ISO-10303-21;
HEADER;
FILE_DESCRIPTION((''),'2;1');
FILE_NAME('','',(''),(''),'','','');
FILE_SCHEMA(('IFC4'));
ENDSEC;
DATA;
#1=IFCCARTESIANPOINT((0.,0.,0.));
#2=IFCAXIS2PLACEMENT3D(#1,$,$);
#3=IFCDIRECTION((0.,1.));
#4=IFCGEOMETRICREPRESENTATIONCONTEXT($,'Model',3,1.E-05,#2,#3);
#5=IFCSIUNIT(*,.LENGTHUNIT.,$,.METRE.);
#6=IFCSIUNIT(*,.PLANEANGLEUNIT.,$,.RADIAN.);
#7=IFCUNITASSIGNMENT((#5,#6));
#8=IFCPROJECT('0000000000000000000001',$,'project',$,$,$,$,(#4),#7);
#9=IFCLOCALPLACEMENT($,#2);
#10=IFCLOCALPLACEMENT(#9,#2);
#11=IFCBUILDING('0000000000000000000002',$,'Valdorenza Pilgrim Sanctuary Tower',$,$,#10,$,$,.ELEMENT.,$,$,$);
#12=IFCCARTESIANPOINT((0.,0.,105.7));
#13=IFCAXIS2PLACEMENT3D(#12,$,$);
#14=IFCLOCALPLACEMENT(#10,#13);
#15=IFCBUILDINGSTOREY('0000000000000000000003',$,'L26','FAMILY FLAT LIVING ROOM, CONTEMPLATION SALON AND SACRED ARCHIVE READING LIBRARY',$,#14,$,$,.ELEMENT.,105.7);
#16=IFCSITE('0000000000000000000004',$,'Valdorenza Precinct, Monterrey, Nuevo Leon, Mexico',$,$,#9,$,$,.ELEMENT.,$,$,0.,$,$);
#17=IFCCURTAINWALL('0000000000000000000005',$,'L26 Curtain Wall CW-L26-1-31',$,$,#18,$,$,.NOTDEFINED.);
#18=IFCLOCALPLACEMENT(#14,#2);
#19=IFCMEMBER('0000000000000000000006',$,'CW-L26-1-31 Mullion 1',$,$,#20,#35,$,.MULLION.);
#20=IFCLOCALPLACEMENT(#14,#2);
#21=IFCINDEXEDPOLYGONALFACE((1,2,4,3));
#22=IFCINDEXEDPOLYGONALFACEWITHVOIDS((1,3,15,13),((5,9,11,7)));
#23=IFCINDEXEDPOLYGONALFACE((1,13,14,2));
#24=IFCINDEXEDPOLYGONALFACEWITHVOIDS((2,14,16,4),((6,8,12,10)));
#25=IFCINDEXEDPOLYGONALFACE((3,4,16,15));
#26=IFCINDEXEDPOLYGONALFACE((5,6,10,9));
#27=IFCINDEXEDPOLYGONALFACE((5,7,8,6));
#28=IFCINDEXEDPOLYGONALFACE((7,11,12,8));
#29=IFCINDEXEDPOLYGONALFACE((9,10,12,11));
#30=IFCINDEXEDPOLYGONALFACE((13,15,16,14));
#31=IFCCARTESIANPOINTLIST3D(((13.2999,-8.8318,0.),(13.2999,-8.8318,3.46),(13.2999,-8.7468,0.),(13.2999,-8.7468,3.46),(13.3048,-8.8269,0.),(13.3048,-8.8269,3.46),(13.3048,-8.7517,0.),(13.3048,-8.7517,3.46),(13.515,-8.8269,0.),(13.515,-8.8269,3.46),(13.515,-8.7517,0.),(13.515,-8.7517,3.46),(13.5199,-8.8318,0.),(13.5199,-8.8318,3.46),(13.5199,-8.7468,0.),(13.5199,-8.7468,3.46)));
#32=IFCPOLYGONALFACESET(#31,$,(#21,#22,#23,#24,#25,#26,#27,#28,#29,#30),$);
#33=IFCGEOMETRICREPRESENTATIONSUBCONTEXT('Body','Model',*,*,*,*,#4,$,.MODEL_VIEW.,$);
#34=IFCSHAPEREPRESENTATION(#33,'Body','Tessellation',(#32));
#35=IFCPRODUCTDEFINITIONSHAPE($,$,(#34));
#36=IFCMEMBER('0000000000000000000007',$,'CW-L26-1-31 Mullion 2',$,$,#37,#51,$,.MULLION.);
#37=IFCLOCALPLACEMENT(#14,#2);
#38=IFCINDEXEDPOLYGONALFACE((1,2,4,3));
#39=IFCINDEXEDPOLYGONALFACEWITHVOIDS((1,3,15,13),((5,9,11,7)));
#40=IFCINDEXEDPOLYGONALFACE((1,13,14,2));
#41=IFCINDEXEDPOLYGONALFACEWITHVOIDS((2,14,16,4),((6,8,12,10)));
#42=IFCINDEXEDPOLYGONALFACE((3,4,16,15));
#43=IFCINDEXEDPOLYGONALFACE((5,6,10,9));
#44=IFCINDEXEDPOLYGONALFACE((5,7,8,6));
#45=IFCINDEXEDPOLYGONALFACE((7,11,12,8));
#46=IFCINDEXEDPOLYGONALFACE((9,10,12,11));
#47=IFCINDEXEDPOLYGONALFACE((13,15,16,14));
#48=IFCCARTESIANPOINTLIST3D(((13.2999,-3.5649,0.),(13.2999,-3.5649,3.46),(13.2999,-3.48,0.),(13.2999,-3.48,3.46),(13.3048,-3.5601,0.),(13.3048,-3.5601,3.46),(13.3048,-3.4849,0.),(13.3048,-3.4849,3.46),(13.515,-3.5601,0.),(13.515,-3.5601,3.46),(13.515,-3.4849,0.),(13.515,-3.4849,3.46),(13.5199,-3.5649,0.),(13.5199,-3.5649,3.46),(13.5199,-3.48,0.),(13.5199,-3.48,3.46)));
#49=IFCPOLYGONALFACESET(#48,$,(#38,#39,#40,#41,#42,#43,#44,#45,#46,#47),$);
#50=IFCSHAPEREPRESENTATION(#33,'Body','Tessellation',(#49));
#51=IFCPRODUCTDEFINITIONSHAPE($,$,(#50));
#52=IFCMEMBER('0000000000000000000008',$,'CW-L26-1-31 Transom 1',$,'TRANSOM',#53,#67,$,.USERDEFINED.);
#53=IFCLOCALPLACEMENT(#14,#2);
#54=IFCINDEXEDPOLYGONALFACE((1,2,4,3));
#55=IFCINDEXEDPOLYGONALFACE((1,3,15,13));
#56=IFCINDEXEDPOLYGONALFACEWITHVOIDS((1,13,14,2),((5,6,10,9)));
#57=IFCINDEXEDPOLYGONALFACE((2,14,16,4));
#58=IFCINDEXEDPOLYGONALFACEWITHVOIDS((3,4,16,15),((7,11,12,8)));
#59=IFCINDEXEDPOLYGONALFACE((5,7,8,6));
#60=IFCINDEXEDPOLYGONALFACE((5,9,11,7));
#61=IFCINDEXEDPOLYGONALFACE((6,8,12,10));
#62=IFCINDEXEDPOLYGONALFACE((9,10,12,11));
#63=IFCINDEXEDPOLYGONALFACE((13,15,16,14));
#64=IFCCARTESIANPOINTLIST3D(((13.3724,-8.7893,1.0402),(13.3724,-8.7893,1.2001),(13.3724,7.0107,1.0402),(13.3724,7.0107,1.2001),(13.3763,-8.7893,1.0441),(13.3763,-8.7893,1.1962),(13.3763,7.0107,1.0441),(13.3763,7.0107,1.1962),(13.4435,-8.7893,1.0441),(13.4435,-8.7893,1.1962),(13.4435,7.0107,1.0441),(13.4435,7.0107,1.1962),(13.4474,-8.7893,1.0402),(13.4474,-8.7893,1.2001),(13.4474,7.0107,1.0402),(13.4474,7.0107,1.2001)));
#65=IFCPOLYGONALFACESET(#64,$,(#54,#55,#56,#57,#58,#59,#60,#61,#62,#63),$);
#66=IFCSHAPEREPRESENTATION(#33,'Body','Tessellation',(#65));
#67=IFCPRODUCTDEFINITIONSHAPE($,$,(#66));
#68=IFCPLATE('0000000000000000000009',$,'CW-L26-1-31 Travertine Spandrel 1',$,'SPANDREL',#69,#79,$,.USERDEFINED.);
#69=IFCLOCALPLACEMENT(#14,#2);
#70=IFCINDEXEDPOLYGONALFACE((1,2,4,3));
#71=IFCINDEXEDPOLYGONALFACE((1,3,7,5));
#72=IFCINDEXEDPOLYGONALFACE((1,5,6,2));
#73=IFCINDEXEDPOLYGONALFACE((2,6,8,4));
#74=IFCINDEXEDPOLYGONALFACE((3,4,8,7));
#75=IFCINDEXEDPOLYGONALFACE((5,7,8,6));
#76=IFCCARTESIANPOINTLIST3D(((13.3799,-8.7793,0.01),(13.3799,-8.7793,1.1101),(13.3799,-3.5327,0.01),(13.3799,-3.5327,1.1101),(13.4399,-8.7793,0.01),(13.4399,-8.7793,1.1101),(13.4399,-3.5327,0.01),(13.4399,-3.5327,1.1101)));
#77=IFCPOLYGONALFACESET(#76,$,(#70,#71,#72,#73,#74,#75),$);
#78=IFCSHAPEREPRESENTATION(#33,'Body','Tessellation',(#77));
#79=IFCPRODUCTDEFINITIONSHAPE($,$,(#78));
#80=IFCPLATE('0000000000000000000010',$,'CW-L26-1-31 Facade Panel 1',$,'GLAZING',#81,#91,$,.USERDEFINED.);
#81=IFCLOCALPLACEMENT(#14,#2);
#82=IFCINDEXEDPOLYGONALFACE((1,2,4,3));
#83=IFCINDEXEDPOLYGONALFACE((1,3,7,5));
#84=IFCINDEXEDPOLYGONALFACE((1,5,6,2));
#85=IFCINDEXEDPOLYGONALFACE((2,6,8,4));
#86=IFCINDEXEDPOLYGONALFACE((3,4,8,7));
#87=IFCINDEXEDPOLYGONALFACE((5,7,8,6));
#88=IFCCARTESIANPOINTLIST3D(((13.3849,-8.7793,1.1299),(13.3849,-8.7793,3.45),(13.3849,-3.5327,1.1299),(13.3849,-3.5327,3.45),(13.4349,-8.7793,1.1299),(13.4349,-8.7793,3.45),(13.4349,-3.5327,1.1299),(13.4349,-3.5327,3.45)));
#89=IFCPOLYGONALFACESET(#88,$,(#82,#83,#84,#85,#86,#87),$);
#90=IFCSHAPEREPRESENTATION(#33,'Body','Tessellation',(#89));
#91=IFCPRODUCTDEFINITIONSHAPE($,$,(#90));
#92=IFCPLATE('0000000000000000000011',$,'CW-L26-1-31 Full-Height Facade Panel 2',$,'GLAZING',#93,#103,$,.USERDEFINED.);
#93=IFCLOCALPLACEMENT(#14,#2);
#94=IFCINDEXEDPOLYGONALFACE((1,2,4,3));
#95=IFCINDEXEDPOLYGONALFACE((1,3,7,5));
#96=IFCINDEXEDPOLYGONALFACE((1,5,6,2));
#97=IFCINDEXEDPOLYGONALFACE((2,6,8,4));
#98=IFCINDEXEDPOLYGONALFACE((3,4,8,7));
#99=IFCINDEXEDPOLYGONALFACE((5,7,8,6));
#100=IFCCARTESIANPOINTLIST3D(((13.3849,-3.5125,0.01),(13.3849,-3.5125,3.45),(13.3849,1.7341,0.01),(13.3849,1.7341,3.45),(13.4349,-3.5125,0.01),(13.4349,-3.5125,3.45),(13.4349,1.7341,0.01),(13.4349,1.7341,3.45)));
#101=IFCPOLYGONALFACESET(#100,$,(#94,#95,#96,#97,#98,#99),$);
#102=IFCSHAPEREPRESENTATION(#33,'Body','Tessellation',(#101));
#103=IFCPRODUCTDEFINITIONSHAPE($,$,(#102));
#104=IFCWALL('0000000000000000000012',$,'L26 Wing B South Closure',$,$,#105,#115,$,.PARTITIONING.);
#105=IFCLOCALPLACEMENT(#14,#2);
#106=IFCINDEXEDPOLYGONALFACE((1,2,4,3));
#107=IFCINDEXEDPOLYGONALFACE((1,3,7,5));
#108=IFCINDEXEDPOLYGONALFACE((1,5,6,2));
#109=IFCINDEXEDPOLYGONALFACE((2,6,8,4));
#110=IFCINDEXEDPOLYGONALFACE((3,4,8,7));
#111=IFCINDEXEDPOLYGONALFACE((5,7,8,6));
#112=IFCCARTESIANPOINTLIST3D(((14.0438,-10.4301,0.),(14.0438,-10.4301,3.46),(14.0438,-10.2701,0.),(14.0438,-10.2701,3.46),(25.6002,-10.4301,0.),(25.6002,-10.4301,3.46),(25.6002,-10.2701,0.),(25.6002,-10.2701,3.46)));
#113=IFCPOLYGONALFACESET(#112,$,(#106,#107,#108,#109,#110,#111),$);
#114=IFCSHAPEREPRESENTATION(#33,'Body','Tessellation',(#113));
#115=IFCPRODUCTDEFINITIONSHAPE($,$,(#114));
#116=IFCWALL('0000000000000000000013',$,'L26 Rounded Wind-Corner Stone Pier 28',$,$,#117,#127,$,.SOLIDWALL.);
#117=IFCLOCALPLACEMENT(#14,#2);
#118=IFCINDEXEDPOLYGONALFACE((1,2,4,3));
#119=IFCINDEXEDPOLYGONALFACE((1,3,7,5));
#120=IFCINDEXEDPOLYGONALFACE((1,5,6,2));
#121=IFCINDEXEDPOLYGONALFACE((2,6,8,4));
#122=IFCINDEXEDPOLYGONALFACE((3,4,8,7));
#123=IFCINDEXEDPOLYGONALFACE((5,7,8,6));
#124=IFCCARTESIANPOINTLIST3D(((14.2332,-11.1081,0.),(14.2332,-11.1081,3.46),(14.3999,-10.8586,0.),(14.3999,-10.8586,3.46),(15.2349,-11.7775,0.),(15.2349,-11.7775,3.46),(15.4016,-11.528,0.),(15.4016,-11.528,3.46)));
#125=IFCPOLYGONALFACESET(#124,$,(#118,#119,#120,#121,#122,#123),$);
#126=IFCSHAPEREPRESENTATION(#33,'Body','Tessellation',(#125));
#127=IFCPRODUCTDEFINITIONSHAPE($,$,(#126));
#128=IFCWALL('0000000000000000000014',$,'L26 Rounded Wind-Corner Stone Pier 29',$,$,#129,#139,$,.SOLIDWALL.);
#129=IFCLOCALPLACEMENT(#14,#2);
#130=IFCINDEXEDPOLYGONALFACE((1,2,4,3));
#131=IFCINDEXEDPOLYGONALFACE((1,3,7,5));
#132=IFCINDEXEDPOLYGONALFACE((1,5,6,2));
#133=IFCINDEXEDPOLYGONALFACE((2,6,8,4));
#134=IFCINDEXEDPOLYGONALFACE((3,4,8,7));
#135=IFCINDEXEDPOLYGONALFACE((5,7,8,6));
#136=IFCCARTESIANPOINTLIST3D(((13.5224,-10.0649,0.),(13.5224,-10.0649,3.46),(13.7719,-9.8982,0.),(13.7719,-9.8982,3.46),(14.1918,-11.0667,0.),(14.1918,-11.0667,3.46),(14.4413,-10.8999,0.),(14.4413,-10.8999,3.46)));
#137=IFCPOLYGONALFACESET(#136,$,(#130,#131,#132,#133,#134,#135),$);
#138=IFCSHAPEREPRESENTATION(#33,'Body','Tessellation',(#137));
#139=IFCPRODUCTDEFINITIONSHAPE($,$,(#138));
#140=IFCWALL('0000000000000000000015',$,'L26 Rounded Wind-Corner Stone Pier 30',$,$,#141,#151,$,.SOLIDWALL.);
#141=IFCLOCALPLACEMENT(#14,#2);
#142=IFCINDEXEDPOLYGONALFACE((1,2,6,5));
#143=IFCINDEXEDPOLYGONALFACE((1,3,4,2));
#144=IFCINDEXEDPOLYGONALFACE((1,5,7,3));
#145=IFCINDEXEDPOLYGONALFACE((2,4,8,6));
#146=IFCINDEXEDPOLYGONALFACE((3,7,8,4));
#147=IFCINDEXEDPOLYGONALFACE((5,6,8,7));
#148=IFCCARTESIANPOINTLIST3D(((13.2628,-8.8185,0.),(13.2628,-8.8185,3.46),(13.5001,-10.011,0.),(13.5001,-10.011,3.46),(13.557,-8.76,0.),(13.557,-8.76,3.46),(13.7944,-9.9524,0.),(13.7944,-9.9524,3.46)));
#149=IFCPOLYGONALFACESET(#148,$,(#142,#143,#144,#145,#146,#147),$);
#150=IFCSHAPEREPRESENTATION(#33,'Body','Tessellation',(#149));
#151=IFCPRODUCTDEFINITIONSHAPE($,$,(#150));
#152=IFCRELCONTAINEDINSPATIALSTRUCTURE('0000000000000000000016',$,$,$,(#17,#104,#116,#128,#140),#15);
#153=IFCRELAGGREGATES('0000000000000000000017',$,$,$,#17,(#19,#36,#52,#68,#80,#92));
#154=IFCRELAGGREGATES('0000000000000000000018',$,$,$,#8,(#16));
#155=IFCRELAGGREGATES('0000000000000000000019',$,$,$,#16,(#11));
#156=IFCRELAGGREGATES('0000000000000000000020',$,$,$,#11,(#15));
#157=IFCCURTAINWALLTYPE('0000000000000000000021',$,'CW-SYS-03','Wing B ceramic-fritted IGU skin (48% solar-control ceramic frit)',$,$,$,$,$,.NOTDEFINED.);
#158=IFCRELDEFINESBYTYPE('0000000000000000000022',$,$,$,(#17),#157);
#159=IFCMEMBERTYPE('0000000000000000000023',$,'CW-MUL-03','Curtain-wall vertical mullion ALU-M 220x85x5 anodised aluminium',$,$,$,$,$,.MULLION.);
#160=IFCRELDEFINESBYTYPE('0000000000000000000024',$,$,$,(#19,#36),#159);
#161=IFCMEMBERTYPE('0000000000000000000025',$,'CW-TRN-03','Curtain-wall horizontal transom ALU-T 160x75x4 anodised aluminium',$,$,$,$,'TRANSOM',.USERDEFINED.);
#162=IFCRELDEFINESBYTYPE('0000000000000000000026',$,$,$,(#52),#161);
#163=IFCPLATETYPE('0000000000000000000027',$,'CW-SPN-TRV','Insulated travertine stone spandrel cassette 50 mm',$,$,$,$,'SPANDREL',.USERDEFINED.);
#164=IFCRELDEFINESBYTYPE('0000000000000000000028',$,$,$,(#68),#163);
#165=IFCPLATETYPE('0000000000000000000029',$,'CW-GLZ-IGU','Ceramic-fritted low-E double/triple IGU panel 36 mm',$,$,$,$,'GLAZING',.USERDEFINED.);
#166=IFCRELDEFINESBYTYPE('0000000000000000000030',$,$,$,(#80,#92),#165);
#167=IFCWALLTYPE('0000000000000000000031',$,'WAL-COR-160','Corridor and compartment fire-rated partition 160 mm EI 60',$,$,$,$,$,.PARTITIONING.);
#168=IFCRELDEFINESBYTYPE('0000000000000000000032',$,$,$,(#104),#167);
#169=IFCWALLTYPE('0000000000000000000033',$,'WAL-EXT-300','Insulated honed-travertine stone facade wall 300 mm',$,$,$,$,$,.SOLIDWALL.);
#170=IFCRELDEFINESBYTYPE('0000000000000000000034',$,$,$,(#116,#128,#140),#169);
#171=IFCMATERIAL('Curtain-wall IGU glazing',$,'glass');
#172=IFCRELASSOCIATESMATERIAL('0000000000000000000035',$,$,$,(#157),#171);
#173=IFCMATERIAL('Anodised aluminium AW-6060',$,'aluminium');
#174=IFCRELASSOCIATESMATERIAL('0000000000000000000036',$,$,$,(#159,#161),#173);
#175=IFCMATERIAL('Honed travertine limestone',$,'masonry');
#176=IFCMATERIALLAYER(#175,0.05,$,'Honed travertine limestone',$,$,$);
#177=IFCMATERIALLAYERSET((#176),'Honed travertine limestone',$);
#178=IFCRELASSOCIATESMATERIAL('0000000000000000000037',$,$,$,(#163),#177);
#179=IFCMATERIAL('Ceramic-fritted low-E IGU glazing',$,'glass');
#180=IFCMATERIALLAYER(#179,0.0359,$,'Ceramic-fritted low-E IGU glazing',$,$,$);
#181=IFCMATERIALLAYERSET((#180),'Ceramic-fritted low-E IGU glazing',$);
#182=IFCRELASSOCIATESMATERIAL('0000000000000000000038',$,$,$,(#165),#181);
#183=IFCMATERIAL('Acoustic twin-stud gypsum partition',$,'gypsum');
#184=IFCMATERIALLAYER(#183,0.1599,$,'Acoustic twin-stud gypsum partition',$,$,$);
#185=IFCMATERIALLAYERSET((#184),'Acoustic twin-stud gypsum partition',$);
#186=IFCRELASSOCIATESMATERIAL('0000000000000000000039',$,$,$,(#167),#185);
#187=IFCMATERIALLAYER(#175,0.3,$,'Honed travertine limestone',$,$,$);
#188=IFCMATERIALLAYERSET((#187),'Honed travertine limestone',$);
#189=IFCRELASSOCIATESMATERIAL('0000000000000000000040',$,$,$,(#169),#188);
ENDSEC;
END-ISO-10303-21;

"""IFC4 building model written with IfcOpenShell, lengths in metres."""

from ifc_helpers import new_model, si_unit, direction, frame, frame_2d, origin, origin_2d, place, context, subcontext, project, spatial, rectangle, hollow_rectangle, extrude, source, transform, mapped, material, layer, layer_set, material_profile, profile_set, type_object, element, aggregate, save


model = new_model("IFC4")

# Units and contexts
model_context = context("Model", 3, precision=1e-05, world=origin(), true_north=direction((0.0, 1.0)))
body_context = subcontext(model_context, "Body", "Model", "MODEL_VIEW")
ifc_project = project(units=[si_unit("LENGTHUNIT", "METRE"), si_unit("PLANEANGLEUNIT", "RADIAN")], contexts=[model_context])

# Site, building, storey
site_placement = place(None, origin())
site = spatial("IfcSite", under=ifc_project, at=site_placement, Name="Valdorenza Precinct, Monterrey, Nuevo Leon, Mexico", CompositionType="ELEMENT", RefElevation=0.0)
building_placement = place(site_placement, origin())
building = spatial("IfcBuilding", under=site, at=building_placement, Name="Valdorenza Pilgrim Sanctuary Tower", CompositionType="ELEMENT")
storey_placement = place(building_placement, frame((0.0, 0.0, 105.7)))
storey = spatial("IfcBuildingStorey", under=building, at=storey_placement, Name="L26", Description="FAMILY FLAT LIVING ROOM, CONTEMPLATION SALON AND SACRED ARCHIVE READING LIBRARY", CompositionType="ELEMENT", Elevation=105.7)

# Curtain wall, members, plates
ifc_material_1 = material(Name="Curtain-wall IGU glazing", Category="glass")
curtain_wall_type = type_object("IfcCurtainWallType", Name="CW-SYS-03", Description="Wing B ceramic-fritted IGU skin (48% solar-control ceramic frit)", PredefinedType="NOTDEFINED", material=ifc_material_1)
curtain_wall_placement = place(storey_placement, origin())
curtain_wall = element("IfcCurtainWall", 1, at=curtain_wall_placement, inside=storey, type_object=curtain_wall_type, Name="L26 Curtain Wall CW-L26-1-31", PredefinedType="NOTDEFINED")
ifc_material_2 = material(Name="Anodised aluminium AW-6060", Category="aluminium")
ifc_material_profile_1 = material_profile(ifc_material_2, hollow_rectangle(XDim=0.085, YDim=0.22, WallThickness=0.0049, at=origin_2d()), Name="ALU-M 220x85x5")
ifc_profile_set_1 = profile_set([ifc_material_profile_1], Name="Anodised aluminium AW-6060")
member_type_1 = type_object("IfcMemberType", Name="CW-MUL-03", Description="Curtain-wall vertical mullion ALU-M 220x85x5 anodised aluminium", PredefinedType="MULLION", material=ifc_profile_set_1)
shared_shape_1 = source(origin(), body_context, "Body", "SweptSolid", [
    extrude(hollow_rectangle(XDim=0.085, YDim=0.22, WallThickness=0.0049, at=origin_2d()), origin(), (0.0, 0.0, 1.0), 3.46),
])
member_1_placement = place(storey_placement, frame((13.4099, -8.7893, 0.0), z_axis=(0.0, 0.0, 1.0), x_axis=(0.0, 1.0, 0.0)))
member_1 = element("IfcMember", 2, at=member_1_placement, type_object=member_type_1, Name="CW-L26-1-31 Mullion 1", PredefinedType="MULLION", context=body_context, shape_type="MappedRepresentation", body=[
    mapped(shared_shape_1, transform((0.0, 0.0, 0.0), x_axis=(1.0, 0.0, 0.0), y_axis=(0.0, 1.0, 0.0), z_axis=(0.0, 0.0, 1.0), scale=1.0)),
])
member_2_placement = place(storey_placement, frame((13.4099, -3.5225, 0.0), z_axis=(0.0, 0.0, 1.0), x_axis=(0.0, 1.0, 0.0)))
member_2 = element("IfcMember", 3, at=member_2_placement, type_object=member_type_1, Name="CW-L26-1-31 Mullion 2", PredefinedType="MULLION", context=body_context, shape_type="MappedRepresentation", body=[
    mapped(shared_shape_1, transform((0.0, 0.0, 0.0), x_axis=(1.0, 0.0, 0.0), y_axis=(0.0, 1.0, 0.0), z_axis=(0.0, 0.0, 1.0), scale=1.0)),
])
ifc_material_profile_2 = material_profile(ifc_material_2, hollow_rectangle(XDim=0.075, YDim=0.1599, WallThickness=0.0039, at=origin_2d()), Name="ALU-T 160x75x4")
ifc_profile_set_2 = profile_set([ifc_material_profile_2], Name="Anodised aluminium AW-6060")
member_type_2 = type_object("IfcMemberType", Name="CW-TRN-03", Description="Curtain-wall horizontal transom ALU-T 160x75x4 anodised aluminium", ElementType="TRANSOM", PredefinedType="USERDEFINED", material=ifc_profile_set_2)
shared_shape_2 = source(origin(), body_context, "Body", "SweptSolid", [
    extrude(hollow_rectangle(XDim=0.075, YDim=0.1599, WallThickness=0.0039, at=origin_2d()), origin(), (0.0, 0.0, 1.0), 15.8),
])
member_3_placement = place(storey_placement, frame((13.4099, -8.7893, 1.1201), z_axis=(0.0, 1.0, 0.0), x_axis=(-1.0, 0.0, 0.0)))
member_3 = element("IfcMember", 4, at=member_3_placement, type_object=member_type_2, Name="CW-L26-1-31 Transom 1", ObjectType="TRANSOM", PredefinedType="USERDEFINED", context=body_context, shape_type="MappedRepresentation", body=[
    mapped(shared_shape_2, transform((0.0, 0.0, 0.0), x_axis=(1.0, 0.0, 0.0), y_axis=(0.0, 1.0, 0.0), z_axis=(0.0, 0.0, 1.0), scale=1.0)),
])
ifc_material_3 = material(Name="Honed travertine limestone", Category="masonry")
ifc_layer_1 = layer(ifc_material_3, 0.05, Name="Honed travertine limestone")
ifc_layer_set_1 = layer_set([ifc_layer_1], Name="Honed travertine limestone")
plate_type_1 = type_object("IfcPlateType", Name="CW-SPN-TRV", Description="Insulated travertine stone spandrel cassette 50 mm", ElementType="SPANDREL", PredefinedType="USERDEFINED", material=ifc_layer_set_1)
shared_shape_3 = source(origin(), body_context, "Body", "SweptSolid", [
    extrude(rectangle(XDim=5.2466, YDim=0.0601, at=origin_2d()), origin(), (0.0, 0.0, 1.0), 1.1001),
])
plate_1_placement = place(storey_placement, frame((13.4099, -6.156, 0.01), z_axis=(0.0, 0.0, 1.0), x_axis=(0.0, 1.0, 0.0)))
plate_1 = element("IfcPlate", 5, at=plate_1_placement, type_object=plate_type_1, Name="CW-L26-1-31 Travertine Spandrel 1", ObjectType="SPANDREL", PredefinedType="USERDEFINED", context=body_context, shape_type="MappedRepresentation", body=[
    mapped(shared_shape_3, transform((0.0, 0.0, 0.0), x_axis=(1.0, 0.0, 0.0), y_axis=(0.0, 1.0, 0.0), z_axis=(0.0, 0.0, 1.0), scale=1.0)),
])
ifc_material_4 = material(Name="Ceramic-fritted low-E IGU glazing", Category="glass")
ifc_layer_2 = layer(ifc_material_4, 0.0359, Name="Ceramic-fritted low-E IGU glazing")
ifc_layer_set_2 = layer_set([ifc_layer_2], Name="Ceramic-fritted low-E IGU glazing")
plate_type_2 = type_object("IfcPlateType", Name="CW-GLZ-IGU", Description="Ceramic-fritted low-E double/triple IGU panel 36 mm", ElementType="GLAZING", PredefinedType="USERDEFINED", material=ifc_layer_set_2)
shared_shape_4 = source(origin(), body_context, "Body", "SweptSolid", [
    extrude(rectangle(XDim=5.2466, YDim=0.05, at=origin_2d()), origin(), (0.0, 0.0, 1.0), 2.3201),
])
plate_2_placement = place(storey_placement, frame((13.4099, -6.156, 1.1299), z_axis=(0.0, 0.0, 1.0), x_axis=(0.0, 1.0, 0.0)))
plate_2 = element("IfcPlate", 6, at=plate_2_placement, type_object=plate_type_2, Name="CW-L26-1-31 Facade Panel 1", ObjectType="GLAZING", PredefinedType="USERDEFINED", context=body_context, shape_type="MappedRepresentation", body=[
    mapped(shared_shape_4, transform((0.0, 0.0, 0.0), x_axis=(1.0, 0.0, 0.0), y_axis=(0.0, 1.0, 0.0), z_axis=(0.0, 0.0, 1.0), scale=1.0)),
])
shared_shape_5 = source(origin(), body_context, "Body", "SweptSolid", [
    extrude(rectangle(XDim=5.2466, YDim=0.05, at=origin_2d()), origin(), (0.0, 0.0, 1.0), 3.4399),
])
plate_3_placement = place(storey_placement, frame((13.4099, -0.8892, 0.01), z_axis=(0.0, 0.0, 1.0), x_axis=(0.0, 1.0, 0.0)))
plate_3 = element("IfcPlate", 7, at=plate_3_placement, type_object=plate_type_2, Name="CW-L26-1-31 Full-Height Facade Panel 2", ObjectType="GLAZING", PredefinedType="USERDEFINED", context=body_context, shape_type="MappedRepresentation", body=[
    mapped(shared_shape_5, transform((0.0, 0.0, 0.0), x_axis=(1.0, 0.0, 0.0), y_axis=(0.0, 1.0, 0.0), z_axis=(0.0, 0.0, 1.0), scale=1.0)),
])
aggregate(curtain_wall, [member_1, member_2, member_3, plate_1, plate_2, plate_3])

# Walls
ifc_material_5 = material(Name="Acoustic twin-stud gypsum partition", Category="gypsum")
ifc_layer_3 = layer(ifc_material_5, 0.1599, Name="Acoustic twin-stud gypsum partition")
ifc_layer_set_3 = layer_set([ifc_layer_3], Name="Acoustic twin-stud gypsum partition")
wall_type_1 = type_object("IfcWallType", Name="WAL-COR-160", Description="Corridor and compartment fire-rated partition 160 mm EI 60", PredefinedType="PARTITIONING", material=ifc_layer_set_3)
wall_1_placement = place(storey_placement, frame((14.0437, -10.3501, 0.0), z_axis=(0.0, 0.0, 1.0), x_axis=(1.0, 0.0, 0.0)))
element("IfcWall", 8, at=wall_1_placement, inside=storey, type_object=wall_type_1, Name="L26 Wing B South Closure", PredefinedType="PARTITIONING", context=body_context, shape_type="SweptSolid", body=[
    extrude(rectangle(XDim=11.5564, YDim=0.1599, at=frame_2d((5.7783, 0.0))), origin(), (0.0, 0.0, 1.0), 3.46),
])
ifc_layer_4 = layer(ifc_material_3, 0.3, Name="Honed travertine limestone")
ifc_layer_set_4 = layer_set([ifc_layer_4], Name="Honed travertine limestone")
wall_type_2 = type_object("IfcWallType", Name="WAL-EXT-300", Description="Insulated honed-travertine stone facade wall 300 mm", PredefinedType="SOLIDWALL", material=ifc_layer_set_4)
for number, where, z_axis, x_axis, name in (
    (9, (15.3184, -11.6528, 0.0), (0.0, 0.0, 1.0), (-0.831426, 0.555635, 0.0), "L26 Rounded Wind-Corner Stone Pier 28"),
    (10, (14.3167, -10.9834, 0.0), (0.0, 0.0, 1.0), (-0.555635, 0.831426, 0.0), "L26 Rounded Wind-Corner Stone Pier 29"),
):
    element("IfcWall", number, at=place(storey_placement, frame(where, z_axis=z_axis, x_axis=x_axis)), inside=storey, type_object=wall_type_2, Name=name, PredefinedType="SOLIDWALL", context=body_context, shape_type="SweptSolid", body=[
        extrude(rectangle(XDim=1.2048, YDim=0.3, at=frame_2d((0.6025, 0.0))), origin(), (0.0, 0.0, 1.0), 3.46),
    ])
wall_2_placement = place(storey_placement, frame((13.6472, -9.9817, 0.0), z_axis=(0.0, 0.0, 1.0), x_axis=(-0.195189, 0.980766, 0.0)))
element("IfcWall", 11, at=wall_2_placement, inside=storey, type_object=wall_type_2, Name="L26 Rounded Wind-Corner Stone Pier 30", PredefinedType="SOLIDWALL", context=body_context, shape_type="SweptSolid", body=[
    extrude(rectangle(XDim=1.2158, YDim=0.3, at=frame_2d((0.6079, 0.0))), origin(), (0.0, 0.0, 1.0), 3.46),
])

save(model, "model.ifc")
